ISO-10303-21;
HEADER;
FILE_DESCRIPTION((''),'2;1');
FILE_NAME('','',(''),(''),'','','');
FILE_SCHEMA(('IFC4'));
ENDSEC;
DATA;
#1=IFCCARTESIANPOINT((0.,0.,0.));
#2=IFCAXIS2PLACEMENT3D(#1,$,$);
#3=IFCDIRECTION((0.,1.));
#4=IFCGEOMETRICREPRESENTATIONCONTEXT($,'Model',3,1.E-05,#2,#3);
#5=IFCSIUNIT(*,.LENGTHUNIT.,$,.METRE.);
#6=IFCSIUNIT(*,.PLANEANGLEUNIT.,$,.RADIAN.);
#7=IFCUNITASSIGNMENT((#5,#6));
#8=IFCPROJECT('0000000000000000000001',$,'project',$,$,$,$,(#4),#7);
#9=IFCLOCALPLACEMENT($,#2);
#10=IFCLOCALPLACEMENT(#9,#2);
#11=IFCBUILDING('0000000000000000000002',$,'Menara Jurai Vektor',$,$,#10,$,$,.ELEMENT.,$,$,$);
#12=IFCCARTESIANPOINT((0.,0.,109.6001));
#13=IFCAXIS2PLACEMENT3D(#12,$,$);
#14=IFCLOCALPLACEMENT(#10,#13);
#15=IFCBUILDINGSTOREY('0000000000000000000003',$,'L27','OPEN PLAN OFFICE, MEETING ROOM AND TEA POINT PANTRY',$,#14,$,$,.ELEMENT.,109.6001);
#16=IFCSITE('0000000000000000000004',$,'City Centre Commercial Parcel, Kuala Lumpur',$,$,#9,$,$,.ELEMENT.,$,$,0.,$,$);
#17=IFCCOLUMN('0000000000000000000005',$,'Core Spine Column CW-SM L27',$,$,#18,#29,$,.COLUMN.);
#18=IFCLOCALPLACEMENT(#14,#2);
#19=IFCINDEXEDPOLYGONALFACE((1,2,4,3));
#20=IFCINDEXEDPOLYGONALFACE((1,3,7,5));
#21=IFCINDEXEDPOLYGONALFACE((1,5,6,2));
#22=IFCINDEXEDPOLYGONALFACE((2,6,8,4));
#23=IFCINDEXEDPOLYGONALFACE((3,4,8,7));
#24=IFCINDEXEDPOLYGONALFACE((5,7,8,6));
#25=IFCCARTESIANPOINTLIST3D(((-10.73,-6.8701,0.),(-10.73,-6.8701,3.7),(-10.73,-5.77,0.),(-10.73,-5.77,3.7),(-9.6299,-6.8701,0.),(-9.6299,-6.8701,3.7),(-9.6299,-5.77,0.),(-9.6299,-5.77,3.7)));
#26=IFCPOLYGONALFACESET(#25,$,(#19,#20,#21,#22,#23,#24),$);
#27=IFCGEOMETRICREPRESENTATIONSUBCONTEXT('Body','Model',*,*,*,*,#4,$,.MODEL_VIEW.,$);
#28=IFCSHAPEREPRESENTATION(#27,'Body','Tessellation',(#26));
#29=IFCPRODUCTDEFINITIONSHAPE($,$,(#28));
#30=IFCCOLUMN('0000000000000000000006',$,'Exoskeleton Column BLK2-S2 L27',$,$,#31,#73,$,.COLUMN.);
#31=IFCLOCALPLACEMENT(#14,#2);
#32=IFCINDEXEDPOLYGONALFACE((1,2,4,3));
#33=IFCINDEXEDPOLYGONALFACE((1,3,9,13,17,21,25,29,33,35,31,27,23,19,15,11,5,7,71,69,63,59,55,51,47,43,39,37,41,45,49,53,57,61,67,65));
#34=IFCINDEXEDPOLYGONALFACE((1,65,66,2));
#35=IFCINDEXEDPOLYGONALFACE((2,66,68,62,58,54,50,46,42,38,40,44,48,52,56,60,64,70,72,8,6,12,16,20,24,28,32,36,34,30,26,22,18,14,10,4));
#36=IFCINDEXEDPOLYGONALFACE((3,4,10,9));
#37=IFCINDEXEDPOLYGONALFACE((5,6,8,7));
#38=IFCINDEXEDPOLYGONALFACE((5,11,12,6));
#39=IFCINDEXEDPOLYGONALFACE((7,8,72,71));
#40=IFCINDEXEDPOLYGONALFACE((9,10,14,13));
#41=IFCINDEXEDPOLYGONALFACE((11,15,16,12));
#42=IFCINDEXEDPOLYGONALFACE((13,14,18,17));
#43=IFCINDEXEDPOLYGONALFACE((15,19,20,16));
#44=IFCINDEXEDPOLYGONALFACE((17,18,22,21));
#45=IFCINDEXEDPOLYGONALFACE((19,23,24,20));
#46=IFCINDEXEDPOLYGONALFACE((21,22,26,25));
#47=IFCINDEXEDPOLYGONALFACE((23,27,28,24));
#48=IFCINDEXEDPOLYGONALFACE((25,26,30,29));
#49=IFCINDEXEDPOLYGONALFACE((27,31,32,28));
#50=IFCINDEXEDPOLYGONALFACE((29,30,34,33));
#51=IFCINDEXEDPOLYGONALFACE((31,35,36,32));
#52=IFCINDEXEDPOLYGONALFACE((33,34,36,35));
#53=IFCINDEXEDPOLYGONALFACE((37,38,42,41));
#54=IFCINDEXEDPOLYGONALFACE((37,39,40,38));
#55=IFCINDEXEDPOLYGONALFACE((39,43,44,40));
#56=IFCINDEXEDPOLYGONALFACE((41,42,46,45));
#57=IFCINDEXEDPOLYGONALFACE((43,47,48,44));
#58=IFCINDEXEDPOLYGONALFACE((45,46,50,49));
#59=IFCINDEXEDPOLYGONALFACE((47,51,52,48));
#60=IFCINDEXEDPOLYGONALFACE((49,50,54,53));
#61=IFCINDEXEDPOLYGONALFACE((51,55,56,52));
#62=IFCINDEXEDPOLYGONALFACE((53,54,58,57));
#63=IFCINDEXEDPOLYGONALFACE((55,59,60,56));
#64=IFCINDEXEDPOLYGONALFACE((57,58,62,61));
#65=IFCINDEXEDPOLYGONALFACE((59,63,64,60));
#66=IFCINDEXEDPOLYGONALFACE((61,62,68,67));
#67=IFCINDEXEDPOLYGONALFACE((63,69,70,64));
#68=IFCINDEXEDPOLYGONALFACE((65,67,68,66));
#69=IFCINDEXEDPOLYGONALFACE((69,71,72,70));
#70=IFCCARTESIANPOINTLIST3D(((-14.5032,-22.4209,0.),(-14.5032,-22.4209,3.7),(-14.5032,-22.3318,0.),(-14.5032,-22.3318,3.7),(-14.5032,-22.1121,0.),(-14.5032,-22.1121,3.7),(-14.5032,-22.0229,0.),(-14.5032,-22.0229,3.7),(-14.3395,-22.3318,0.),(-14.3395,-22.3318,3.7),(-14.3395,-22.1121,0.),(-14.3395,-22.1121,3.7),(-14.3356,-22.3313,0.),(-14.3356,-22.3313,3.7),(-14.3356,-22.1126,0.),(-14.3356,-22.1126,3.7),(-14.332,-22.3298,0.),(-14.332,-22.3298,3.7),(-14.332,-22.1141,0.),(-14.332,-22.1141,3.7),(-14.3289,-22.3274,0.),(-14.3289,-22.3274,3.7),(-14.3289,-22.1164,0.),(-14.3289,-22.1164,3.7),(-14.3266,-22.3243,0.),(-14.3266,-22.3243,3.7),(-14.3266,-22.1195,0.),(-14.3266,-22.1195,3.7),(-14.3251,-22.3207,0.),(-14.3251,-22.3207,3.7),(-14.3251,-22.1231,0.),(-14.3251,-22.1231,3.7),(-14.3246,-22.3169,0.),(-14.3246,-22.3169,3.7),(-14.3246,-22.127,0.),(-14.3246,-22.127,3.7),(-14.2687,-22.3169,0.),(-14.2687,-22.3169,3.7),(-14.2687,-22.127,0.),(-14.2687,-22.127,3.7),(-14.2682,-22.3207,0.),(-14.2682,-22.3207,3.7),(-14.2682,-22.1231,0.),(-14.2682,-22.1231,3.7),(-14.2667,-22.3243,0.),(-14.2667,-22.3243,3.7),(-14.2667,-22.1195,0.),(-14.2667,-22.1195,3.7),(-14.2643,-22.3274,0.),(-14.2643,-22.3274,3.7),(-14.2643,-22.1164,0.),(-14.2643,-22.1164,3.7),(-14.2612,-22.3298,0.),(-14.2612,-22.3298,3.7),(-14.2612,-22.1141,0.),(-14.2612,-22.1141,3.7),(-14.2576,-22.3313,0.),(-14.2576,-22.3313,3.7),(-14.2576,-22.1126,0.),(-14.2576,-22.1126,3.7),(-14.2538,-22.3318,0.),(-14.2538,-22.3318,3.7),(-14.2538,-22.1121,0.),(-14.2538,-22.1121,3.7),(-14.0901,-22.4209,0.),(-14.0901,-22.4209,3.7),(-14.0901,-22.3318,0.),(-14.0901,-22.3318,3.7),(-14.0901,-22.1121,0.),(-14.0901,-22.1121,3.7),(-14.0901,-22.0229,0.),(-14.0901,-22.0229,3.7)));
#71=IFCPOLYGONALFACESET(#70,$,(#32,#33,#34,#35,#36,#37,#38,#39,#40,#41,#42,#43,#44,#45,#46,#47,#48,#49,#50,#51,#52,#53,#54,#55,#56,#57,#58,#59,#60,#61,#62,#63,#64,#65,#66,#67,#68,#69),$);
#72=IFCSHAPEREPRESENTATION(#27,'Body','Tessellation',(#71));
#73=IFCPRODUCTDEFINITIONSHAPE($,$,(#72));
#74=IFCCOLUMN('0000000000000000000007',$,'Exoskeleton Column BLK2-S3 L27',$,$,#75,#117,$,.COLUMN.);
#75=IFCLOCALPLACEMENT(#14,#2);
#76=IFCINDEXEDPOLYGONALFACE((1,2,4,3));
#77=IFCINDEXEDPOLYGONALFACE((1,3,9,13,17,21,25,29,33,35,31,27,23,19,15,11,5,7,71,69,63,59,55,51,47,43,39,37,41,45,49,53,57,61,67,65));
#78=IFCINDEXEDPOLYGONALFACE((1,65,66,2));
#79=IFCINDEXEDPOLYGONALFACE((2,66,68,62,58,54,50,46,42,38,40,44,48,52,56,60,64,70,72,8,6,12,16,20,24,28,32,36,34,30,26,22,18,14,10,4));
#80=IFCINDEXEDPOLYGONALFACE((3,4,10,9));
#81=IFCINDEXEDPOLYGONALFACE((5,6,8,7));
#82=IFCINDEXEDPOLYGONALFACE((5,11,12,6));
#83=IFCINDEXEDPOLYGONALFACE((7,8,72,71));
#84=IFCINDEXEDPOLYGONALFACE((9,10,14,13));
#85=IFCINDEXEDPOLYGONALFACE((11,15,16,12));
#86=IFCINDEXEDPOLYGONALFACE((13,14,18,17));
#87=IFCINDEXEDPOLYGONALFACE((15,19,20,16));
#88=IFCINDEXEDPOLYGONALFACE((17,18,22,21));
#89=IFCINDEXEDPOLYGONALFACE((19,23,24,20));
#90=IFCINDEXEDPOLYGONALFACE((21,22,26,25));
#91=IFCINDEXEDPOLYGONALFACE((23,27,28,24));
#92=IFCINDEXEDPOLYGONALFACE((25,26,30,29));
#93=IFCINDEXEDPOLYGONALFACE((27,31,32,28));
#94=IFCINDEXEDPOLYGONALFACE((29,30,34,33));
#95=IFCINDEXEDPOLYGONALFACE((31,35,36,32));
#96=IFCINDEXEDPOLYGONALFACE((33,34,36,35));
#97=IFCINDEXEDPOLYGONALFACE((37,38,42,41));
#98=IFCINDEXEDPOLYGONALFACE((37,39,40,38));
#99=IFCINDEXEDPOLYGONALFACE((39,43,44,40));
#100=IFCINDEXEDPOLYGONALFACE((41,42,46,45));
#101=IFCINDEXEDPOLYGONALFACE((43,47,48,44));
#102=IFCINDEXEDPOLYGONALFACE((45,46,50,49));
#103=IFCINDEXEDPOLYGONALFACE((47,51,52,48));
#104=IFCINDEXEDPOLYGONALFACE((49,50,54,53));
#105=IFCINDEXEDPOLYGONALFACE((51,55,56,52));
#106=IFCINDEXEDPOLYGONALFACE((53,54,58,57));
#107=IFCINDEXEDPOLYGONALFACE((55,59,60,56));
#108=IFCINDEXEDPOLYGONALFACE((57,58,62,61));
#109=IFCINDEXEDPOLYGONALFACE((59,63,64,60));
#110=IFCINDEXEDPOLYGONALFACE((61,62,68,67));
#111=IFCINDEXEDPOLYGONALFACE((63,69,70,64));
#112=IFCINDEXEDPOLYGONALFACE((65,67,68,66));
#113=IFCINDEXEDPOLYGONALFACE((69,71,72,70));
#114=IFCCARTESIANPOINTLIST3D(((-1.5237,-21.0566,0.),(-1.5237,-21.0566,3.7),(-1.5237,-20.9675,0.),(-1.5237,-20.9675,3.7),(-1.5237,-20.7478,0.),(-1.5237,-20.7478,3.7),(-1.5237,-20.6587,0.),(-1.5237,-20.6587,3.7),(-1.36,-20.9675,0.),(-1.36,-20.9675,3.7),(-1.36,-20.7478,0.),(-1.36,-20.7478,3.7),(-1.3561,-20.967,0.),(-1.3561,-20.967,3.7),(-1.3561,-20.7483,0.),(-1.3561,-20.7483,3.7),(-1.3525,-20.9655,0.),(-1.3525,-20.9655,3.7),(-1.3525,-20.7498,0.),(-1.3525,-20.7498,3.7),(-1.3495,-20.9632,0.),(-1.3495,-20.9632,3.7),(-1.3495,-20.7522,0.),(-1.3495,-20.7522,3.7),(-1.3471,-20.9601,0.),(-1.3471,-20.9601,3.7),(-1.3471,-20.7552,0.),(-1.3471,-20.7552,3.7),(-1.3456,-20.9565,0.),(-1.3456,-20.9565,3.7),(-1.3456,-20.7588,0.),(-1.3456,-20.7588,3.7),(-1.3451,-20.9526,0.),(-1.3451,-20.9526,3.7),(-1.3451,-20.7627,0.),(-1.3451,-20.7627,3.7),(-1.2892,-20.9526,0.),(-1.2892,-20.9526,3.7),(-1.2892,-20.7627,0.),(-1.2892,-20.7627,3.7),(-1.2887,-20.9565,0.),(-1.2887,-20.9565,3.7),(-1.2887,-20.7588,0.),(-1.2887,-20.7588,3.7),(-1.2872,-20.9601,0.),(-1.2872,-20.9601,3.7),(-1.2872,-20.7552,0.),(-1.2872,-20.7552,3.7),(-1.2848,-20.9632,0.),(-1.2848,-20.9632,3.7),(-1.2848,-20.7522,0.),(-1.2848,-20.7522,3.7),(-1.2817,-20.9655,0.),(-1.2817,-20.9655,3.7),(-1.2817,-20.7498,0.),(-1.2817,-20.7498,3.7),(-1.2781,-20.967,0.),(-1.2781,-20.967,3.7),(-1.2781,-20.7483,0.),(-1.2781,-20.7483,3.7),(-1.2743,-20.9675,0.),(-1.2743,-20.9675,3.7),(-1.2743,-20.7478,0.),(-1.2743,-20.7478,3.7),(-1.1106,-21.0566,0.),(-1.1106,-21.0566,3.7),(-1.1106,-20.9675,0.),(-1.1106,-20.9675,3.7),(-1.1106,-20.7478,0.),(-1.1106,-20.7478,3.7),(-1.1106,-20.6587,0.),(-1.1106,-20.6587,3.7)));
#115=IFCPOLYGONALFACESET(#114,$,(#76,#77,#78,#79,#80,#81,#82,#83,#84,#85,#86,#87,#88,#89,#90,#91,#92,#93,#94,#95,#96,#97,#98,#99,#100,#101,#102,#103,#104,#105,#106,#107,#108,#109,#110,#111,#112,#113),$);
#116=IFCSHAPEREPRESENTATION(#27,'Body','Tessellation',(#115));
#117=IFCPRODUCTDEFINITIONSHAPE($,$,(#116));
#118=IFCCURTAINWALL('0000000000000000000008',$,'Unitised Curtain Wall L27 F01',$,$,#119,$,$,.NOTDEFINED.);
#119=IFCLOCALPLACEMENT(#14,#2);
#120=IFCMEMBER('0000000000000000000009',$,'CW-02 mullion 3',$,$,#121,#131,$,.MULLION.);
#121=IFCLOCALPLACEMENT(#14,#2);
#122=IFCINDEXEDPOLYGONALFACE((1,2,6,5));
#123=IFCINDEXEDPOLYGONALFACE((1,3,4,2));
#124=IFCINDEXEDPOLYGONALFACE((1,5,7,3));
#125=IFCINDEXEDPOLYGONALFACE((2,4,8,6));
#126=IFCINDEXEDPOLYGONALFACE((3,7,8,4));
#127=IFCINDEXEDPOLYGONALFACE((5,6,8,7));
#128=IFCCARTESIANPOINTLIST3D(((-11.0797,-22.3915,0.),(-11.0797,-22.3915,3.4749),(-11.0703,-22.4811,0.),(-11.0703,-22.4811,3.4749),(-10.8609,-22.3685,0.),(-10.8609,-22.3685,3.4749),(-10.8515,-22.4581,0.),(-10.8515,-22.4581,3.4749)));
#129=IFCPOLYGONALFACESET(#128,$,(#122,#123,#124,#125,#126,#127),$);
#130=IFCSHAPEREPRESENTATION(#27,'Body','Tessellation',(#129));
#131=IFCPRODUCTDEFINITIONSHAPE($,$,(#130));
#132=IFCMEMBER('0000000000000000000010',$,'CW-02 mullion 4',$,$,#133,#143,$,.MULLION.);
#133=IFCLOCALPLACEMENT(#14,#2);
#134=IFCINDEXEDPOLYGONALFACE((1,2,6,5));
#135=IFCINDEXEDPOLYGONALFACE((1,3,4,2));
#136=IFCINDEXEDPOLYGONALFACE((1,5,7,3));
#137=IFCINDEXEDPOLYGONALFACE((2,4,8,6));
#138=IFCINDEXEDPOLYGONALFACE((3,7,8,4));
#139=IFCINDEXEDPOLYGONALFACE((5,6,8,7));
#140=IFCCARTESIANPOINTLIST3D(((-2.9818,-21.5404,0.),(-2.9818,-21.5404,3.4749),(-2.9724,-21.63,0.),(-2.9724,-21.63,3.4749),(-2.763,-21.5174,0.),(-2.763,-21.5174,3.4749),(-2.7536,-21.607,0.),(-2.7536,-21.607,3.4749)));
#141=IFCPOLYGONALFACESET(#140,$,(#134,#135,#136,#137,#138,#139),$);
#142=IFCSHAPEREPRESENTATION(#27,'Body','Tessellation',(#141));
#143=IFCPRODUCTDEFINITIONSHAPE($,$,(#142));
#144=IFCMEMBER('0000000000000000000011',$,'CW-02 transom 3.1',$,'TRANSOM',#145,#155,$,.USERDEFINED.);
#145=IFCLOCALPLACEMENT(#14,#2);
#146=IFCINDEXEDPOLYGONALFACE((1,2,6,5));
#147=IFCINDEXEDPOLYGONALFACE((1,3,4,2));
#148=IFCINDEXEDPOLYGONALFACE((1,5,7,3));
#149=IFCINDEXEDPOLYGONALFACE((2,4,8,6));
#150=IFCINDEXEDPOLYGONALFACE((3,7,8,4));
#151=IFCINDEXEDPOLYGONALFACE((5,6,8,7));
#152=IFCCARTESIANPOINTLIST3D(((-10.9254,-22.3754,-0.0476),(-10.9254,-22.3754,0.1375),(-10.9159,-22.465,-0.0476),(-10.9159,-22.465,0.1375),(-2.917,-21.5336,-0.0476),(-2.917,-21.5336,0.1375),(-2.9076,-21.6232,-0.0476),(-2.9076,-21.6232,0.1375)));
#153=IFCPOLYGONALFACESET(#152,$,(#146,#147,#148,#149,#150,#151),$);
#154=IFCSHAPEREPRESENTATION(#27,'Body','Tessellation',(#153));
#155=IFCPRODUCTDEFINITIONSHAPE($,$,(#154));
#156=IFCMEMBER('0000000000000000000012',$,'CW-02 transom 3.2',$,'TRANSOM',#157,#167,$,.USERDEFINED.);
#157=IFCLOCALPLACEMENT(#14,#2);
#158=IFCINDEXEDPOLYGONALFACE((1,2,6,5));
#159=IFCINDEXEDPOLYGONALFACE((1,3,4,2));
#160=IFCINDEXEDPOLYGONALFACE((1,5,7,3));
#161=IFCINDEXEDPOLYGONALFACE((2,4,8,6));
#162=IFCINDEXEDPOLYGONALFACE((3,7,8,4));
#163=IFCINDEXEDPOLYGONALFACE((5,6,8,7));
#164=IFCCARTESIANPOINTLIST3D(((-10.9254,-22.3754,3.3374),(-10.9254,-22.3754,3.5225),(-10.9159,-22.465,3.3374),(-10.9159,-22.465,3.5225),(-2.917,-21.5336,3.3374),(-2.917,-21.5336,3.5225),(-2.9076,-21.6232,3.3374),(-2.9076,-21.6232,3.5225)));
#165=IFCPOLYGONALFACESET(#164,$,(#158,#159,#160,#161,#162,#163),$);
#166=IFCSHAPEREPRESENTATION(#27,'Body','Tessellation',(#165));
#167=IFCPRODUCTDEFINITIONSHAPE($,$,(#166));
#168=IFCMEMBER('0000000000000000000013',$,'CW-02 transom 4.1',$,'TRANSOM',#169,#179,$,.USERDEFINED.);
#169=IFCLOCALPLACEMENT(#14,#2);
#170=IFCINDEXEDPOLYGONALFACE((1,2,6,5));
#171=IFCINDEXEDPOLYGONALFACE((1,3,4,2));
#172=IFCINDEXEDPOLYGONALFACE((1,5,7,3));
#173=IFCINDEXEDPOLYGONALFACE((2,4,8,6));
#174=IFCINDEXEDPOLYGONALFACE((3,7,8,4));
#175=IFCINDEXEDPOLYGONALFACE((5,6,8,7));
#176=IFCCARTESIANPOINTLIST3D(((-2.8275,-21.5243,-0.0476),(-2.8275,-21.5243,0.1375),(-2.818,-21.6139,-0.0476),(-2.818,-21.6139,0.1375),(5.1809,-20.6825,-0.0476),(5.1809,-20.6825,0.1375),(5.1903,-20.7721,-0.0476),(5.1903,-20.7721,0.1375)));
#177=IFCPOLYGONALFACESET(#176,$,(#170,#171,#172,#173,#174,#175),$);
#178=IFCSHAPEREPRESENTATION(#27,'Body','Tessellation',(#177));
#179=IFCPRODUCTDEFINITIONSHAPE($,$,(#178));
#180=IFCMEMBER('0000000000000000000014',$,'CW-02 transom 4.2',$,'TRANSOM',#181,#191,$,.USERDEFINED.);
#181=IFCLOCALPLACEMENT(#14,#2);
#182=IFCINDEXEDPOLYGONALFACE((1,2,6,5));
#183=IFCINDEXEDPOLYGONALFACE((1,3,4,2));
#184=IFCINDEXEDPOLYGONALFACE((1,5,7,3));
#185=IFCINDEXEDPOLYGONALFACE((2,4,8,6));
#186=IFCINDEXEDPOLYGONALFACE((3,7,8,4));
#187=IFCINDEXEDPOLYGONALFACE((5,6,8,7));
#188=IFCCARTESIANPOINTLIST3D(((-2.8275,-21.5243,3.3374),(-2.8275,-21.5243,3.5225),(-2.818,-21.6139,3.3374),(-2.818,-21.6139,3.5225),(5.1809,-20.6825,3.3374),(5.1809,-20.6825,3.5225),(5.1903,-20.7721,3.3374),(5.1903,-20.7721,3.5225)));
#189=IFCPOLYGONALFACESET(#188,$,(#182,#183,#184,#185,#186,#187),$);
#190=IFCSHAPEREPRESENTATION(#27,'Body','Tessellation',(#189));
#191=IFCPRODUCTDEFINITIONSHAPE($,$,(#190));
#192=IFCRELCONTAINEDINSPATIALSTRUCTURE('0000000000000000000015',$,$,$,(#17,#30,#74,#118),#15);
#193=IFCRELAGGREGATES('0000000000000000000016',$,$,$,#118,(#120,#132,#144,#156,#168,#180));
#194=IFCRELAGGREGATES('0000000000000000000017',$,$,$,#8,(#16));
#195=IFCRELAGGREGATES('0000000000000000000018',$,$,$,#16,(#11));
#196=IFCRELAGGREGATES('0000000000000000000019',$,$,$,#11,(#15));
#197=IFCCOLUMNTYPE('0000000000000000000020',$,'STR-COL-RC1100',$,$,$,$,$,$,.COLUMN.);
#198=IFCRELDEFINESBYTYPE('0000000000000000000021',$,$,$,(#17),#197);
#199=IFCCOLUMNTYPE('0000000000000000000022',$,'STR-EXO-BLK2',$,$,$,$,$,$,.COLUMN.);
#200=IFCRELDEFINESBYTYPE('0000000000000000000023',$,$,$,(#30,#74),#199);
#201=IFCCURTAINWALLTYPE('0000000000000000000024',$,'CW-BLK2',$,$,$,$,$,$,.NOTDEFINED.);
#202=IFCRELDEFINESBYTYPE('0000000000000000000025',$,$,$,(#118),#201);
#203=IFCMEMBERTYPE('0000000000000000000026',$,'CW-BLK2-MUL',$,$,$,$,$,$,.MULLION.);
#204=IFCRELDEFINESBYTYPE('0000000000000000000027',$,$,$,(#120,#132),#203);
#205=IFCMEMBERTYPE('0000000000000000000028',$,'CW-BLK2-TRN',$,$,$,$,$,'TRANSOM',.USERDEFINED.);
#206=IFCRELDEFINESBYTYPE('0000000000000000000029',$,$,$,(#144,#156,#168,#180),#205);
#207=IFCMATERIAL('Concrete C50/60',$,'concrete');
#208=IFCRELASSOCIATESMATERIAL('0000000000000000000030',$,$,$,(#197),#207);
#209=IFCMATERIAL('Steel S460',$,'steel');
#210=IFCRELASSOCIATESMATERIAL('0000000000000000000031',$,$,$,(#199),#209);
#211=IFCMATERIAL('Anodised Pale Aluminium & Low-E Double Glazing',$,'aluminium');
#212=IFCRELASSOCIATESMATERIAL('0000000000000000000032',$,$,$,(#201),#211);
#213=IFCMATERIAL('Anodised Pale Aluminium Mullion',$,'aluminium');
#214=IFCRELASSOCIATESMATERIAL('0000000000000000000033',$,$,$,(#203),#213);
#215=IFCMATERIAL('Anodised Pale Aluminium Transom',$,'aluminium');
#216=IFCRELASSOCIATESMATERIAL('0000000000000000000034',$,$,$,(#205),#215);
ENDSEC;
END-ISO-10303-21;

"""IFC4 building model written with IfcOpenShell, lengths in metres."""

from ifc_helpers import new_model, si_unit, direction, frame, origin, origin_2d, place, context, subcontext, project, spatial, rectangle, i_section, extrude, material, material_profile, profile_set, type_object, element, aggregate, save


model = new_model("IFC4")

# Units and contexts
model_context = context("Model", 3, precision=1e-05, world=origin(), true_north=direction((0.0, 1.0)))
body_context = subcontext(model_context, "Body", "Model", "MODEL_VIEW")
ifc_project = project(units=[si_unit("LENGTHUNIT", "METRE"), si_unit("PLANEANGLEUNIT", "RADIAN")], contexts=[model_context])

# Site, building, storey
site_placement = place(None, origin())
site = spatial("IfcSite", under=ifc_project, at=site_placement, Name="City Centre Commercial Parcel, Kuala Lumpur", CompositionType="ELEMENT", RefElevation=0.0)
building_placement = place(site_placement, origin())
building = spatial("IfcBuilding", under=site, at=building_placement, Name="Menara Jurai Vektor", CompositionType="ELEMENT")
storey_placement = place(building_placement, frame((0.0, 0.0, 109.6001)))
storey = spatial("IfcBuildingStorey", under=building, at=storey_placement, Name="L27", Description="OPEN PLAN OFFICE, MEETING ROOM AND TEA POINT PANTRY", CompositionType="ELEMENT", Elevation=109.6001)

# Columns
ifc_material_1 = material(Name="Concrete C50/60", Category="concrete")
ifc_material_profile_1 = material_profile(ifc_material_1, rectangle(XDim=1.1001, YDim=1.1001, at=origin_2d()), Name="RC 1100x1100")
ifc_profile_set_1 = profile_set([ifc_material_profile_1], Name="Concrete C50/60")
column_type_1 = type_object("IfcColumnType", Name="STR-COL-RC1100", PredefinedType="COLUMN", material=ifc_profile_set_1)
column_placement = place(storey_placement, frame((-10.1799, -6.3201, 0.0), z_axis=(0.0, 0.0, 1.0), x_axis=(1.0, 0.0, 0.0)))
element("IfcColumn", 1, at=column_placement, inside=storey, type_object=column_type_1, Name="Core Spine Column CW-SM L27", PredefinedType="COLUMN", context=body_context, shape_type="SweptSolid", body=[
    extrude(rectangle(XDim=1.1001, YDim=1.1001, at=origin_2d()), origin(), (0.0, 0.0, 1.0), 3.7),
])
ifc_material_2 = material(Name="Steel S460", Category="steel")
ifc_material_profile_2 = material_profile(ifc_material_2, i_section(OverallWidth=0.4131, OverallDepth=0.3979, WebThickness=0.0559, FlangeThickness=0.0891, FilletRadius=0.0149, at=origin_2d()), Name="HD 400x744")
ifc_profile_set_2 = profile_set([ifc_material_profile_2], Name="Steel S460")
column_type_2 = type_object("IfcColumnType", Name="STR-EXO-BLK2", PredefinedType="COLUMN", material=ifc_profile_set_2)
for number, where, z_axis, x_axis, name in (
    (2, (-14.2966, -22.2219, 0.0), (0.0, 0.0, 1.0), (1.0, 0.0, 0.0), "Exoskeleton Column BLK2-S2 L27"),
    (3, (-1.3171, -20.8577, 0.0), (0.0, 0.0, 1.0), (1.0, 0.0, 0.0), "Exoskeleton Column BLK2-S3 L27"),
):
    element("IfcColumn", number, at=place(storey_placement, frame(where, z_axis=z_axis, x_axis=x_axis)), inside=storey, type_object=column_type_2, Name=name, PredefinedType="COLUMN", context=body_context, shape_type="SweptSolid", body=[
        extrude(i_section(OverallWidth=0.4131, OverallDepth=0.3979, WebThickness=0.0559, FlangeThickness=0.0891, FilletRadius=0.0149, at=origin_2d()), origin(), (0.0, 0.0, 1.0), 3.7),
    ])

# Curtain wall, members
ifc_material_3 = material(Name="Anodised Pale Aluminium & Low-E Double Glazing", Category="aluminium")
curtain_wall_type = type_object("IfcCurtainWallType", Name="CW-BLK2", PredefinedType="NOTDEFINED", material=ifc_material_3)
curtain_wall_placement = place(storey_placement, origin())
curtain_wall = element("IfcCurtainWall", 4, at=curtain_wall_placement, inside=storey, type_object=curtain_wall_type, Name="Unitised Curtain Wall L27 F01", PredefinedType="NOTDEFINED")
ifc_material_4 = material(Name="Anodised Pale Aluminium Mullion", Category="aluminium")
ifc_material_profile_3 = material_profile(ifc_material_4, rectangle(XDim=0.0901, YDim=0.22, at=origin_2d()), Name="ALU MUL 90x220")
ifc_profile_set_3 = profile_set([ifc_material_profile_3], Name="Anodised Pale Aluminium Mullion")
member_type_1 = type_object("IfcMemberType", Name="CW-BLK2-MUL", PredefinedType="MULLION", material=ifc_profile_set_3)
member_1_placement = place(storey_placement, frame((-10.9656, -22.4248, 0.0), z_axis=(0.0, 0.0, 1.0), x_axis=(-0.104529, 0.994522, 0.0)))
member_1 = element("IfcMember", 5, at=member_1_placement, type_object=member_type_1, Name="CW-02 mullion 3", PredefinedType="MULLION", context=body_context, shape_type="SweptSolid", body=[
    extrude(rectangle(XDim=0.0901, YDim=0.22, at=origin_2d()), origin(), (0.0, 0.0, 1.0), 3.4749),
])
member_2_placement = place(storey_placement, frame((-2.8677, -21.5737, 0.0), z_axis=(0.0, 0.0, 1.0), x_axis=(-0.104529, 0.994522, 0.0)))
member_2 = element("IfcMember", 6, at=member_2_placement, type_object=member_type_1, Name="CW-02 mullion 4", PredefinedType="MULLION", context=body_context, shape_type="SweptSolid", body=[
    extrude(rectangle(XDim=0.0901, YDim=0.22, at=origin_2d()), origin(), (0.0, 0.0, 1.0), 3.4749),
])
ifc_material_5 = material(Name="Anodised Pale Aluminium Transom", Category="aluminium")
ifc_material_profile_4 = material_profile(ifc_material_5, rectangle(XDim=0.0901, YDim=0.1851, at=origin_2d()), Name="ALU TRN 90x185")
ifc_profile_set_4 = profile_set([ifc_material_profile_4], Name="Anodised Pale Aluminium Transom")
member_type_2 = type_object("IfcMemberType", Name="CW-BLK2-TRN", ElementType="TRANSOM", PredefinedType="USERDEFINED", material=ifc_profile_set_4)
member_3_placement = place(storey_placement, frame((-10.9207, -22.4202, 0.0449), z_axis=(0.994521, 0.10454, 0.0), x_axis=(-0.10454, 0.994521, 0.0)))
member_3 = element("IfcMember", 7, at=member_3_placement, type_object=member_type_2, Name="CW-02 transom 3.1", ObjectType="TRANSOM", PredefinedType="USERDEFINED", context=body_context, shape_type="SweptSolid", body=[
    extrude(rectangle(XDim=0.0901, YDim=0.1851, at=origin_2d()), origin(), (0.0, 0.0, 1.0), 8.0525),
])
member_4_placement = place(storey_placement, frame((-10.9207, -22.4202, 3.4299), z_axis=(0.994521, 0.10454, 0.0), x_axis=(-0.10454, 0.994521, 0.0)))
member_4 = element("IfcMember", 8, at=member_4_placement, type_object=member_type_2, Name="CW-02 transom 3.2", ObjectType="TRANSOM", PredefinedType="USERDEFINED", context=body_context, shape_type="SweptSolid", body=[
    extrude(rectangle(XDim=0.0901, YDim=0.1851, at=origin_2d()), origin(), (0.0, 0.0, 1.0), 8.0525),
])
member_5_placement = place(storey_placement, frame((-2.8228, -21.5691, 0.0449), z_axis=(0.994521, 0.10454, 0.0), x_axis=(-0.10454, 0.994521, 0.0)))
member_5 = element("IfcMember", 9, at=member_5_placement, type_object=member_type_2, Name="CW-02 transom 4.1", ObjectType="TRANSOM", PredefinedType="USERDEFINED", context=body_context, shape_type="SweptSolid", body=[
    extrude(rectangle(XDim=0.0901, YDim=0.1851, at=origin_2d()), origin(), (0.0, 0.0, 1.0), 8.0525),
])
member_6_placement = place(storey_placement, frame((-2.8228, -21.5691, 3.4299), z_axis=(0.994521, 0.10454, 0.0), x_axis=(-0.10454, 0.994521, 0.0)))
member_6 = element("IfcMember", 10, at=member_6_placement, type_object=member_type_2, Name="CW-02 transom 4.2", ObjectType="TRANSOM", PredefinedType="USERDEFINED", context=body_context, shape_type="SweptSolid", body=[
    extrude(rectangle(XDim=0.0901, YDim=0.1851, at=origin_2d()), origin(), (0.0, 0.0, 1.0), 8.0525),
])

aggregate(curtain_wall, [member_1, member_2, member_3, member_4, member_5, member_6])

save(model, "model.ifc")
